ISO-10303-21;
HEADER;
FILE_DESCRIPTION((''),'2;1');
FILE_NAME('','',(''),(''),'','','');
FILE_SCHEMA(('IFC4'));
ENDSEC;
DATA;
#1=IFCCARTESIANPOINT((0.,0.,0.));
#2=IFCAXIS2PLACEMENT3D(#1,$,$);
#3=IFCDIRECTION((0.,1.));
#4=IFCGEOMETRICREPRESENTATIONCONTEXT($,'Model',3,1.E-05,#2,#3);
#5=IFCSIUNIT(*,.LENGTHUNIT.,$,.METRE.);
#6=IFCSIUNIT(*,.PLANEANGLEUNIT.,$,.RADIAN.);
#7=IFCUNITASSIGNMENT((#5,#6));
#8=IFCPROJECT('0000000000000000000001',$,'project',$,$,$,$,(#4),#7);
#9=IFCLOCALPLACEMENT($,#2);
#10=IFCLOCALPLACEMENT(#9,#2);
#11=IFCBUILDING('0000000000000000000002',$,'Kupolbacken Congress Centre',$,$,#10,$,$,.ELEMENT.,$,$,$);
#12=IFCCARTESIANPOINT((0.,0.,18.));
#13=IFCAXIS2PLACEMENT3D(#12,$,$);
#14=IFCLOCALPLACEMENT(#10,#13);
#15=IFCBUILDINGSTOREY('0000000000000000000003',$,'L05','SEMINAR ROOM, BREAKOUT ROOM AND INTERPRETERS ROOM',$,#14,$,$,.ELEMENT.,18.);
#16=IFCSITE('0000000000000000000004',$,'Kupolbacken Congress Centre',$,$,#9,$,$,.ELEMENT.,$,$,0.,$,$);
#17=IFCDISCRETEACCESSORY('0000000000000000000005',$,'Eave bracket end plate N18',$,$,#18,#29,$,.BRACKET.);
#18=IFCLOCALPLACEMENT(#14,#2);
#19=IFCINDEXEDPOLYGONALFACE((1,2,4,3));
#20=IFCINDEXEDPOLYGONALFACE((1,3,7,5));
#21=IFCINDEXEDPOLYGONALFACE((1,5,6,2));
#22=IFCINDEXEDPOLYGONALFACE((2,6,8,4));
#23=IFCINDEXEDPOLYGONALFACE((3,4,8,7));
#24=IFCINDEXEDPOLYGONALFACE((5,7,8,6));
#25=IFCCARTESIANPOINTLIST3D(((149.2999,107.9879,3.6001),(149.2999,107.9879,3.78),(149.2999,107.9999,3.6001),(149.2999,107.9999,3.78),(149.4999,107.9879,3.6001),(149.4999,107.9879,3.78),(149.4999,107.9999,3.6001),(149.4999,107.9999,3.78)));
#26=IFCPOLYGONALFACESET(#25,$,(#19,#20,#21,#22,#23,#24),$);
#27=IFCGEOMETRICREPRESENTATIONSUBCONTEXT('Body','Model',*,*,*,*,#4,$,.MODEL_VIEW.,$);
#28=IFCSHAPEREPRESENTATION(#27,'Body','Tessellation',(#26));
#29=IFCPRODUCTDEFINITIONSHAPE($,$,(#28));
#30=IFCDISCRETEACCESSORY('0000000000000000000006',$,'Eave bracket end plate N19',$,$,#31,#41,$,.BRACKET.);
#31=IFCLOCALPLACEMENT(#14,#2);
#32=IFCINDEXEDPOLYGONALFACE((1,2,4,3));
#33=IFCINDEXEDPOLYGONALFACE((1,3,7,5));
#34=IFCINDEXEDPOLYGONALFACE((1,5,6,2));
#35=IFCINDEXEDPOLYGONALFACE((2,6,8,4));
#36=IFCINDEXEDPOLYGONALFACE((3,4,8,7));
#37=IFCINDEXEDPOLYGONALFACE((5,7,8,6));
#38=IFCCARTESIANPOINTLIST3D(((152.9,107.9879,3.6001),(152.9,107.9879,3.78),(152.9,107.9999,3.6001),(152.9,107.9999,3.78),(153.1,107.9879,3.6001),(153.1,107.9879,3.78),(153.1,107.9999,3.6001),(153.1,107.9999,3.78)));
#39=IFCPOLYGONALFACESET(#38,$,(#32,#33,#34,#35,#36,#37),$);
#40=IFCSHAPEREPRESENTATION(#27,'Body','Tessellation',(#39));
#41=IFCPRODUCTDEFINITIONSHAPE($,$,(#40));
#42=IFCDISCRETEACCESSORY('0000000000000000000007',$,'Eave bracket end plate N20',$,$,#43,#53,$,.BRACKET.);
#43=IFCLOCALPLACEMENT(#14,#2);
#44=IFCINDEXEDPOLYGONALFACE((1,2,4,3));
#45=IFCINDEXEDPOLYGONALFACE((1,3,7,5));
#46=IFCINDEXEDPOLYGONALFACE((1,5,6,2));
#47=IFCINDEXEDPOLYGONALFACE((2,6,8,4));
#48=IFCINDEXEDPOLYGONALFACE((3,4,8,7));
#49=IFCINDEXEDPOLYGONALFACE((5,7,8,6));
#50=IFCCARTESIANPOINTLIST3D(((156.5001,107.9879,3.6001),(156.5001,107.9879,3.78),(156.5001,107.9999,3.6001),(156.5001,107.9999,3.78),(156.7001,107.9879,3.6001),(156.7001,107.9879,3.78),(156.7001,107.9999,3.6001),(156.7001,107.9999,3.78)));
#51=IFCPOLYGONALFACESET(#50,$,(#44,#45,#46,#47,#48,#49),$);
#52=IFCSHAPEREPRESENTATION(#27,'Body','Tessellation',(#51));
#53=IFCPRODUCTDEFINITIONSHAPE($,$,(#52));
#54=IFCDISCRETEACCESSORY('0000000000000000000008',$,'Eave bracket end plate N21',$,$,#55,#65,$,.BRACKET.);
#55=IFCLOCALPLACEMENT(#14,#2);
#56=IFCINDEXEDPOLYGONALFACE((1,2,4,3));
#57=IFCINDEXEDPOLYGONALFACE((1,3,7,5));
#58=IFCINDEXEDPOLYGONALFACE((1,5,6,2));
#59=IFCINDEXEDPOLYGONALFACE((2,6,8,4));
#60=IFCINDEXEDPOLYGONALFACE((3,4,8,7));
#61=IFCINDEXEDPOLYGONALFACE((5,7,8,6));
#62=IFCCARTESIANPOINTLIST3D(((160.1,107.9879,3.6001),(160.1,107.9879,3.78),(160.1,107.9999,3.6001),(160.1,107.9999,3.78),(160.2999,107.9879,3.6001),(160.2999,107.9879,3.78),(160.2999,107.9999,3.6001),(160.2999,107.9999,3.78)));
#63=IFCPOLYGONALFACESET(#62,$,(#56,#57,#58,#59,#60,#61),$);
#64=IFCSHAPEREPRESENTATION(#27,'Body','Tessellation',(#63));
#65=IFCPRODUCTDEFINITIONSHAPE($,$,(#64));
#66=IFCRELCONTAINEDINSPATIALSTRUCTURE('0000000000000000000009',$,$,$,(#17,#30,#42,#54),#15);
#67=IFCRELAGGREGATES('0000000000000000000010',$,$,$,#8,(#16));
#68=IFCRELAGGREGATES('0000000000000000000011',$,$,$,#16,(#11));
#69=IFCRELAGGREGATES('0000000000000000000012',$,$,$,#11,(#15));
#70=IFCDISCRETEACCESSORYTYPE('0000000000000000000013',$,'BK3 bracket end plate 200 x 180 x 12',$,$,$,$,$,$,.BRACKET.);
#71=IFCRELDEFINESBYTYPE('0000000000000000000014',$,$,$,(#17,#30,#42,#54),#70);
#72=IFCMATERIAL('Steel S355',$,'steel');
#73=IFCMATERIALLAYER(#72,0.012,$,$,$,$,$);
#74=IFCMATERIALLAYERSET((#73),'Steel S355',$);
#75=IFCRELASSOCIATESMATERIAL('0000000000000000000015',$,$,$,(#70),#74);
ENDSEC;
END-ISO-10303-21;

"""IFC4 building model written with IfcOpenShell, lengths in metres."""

from ifc_helpers import new_model, si_unit, direction, frame, origin, origin_2d, place, context, subcontext, project, spatial, rectangle, extrude, material, layer, layer_set, type_object, element, save


model = new_model("IFC4")

# Units and contexts
model_context = context("Model", 3, precision=1e-05, world=origin(), true_north=direction((0.0, 1.0)))
body_context = subcontext(model_context, "Body", "Model", "MODEL_VIEW")
ifc_project = project(units=[si_unit("LENGTHUNIT", "METRE"), si_unit("PLANEANGLEUNIT", "RADIAN")], contexts=[model_context])

# Site, building, storey
site_placement = place(None, origin())
site = spatial("IfcSite", under=ifc_project, at=site_placement, Name="Kupolbacken Congress Centre", CompositionType="ELEMENT", RefElevation=0.0)
building_placement = place(site_placement, origin())
building = spatial("IfcBuilding", under=site, at=building_placement, Name="Kupolbacken Congress Centre", CompositionType="ELEMENT")
storey_placement = place(building_placement, frame((0.0, 0.0, 18.0)))
storey = spatial("IfcBuildingStorey", under=building, at=storey_placement, Name="L05", Description="SEMINAR ROOM, BREAKOUT ROOM AND INTERPRETERS ROOM", CompositionType="ELEMENT", Elevation=18.0)

# Discrete accessories
ifc_material_1 = material(Name="Steel S355", Category="steel")
ifc_layer = layer(ifc_material_1, 0.012)
ifc_layer_set = layer_set([ifc_layer], Name="Steel S355")
discrete_accessory_type = type_object("IfcDiscreteAccessoryType", Name="BK3 bracket end plate 200 x 180 x 12", PredefinedType="BRACKET", material=ifc_layer_set)
for number, where, z_axis, x_axis, name in (
    (1, (149.3999, 107.9939, 3.6001), (0.0, 0.0, 1.0), (1.0, 0.0, 0.0), "Eave bracket end plate N18"),
    (2, (153.0, 107.9939, 3.6001), (0.0, 0.0, 1.0), (1.0, 0.0, 0.0), "Eave bracket end plate N19"),
    (3, (156.6001, 107.9939, 3.6001), (0.0, 0.0, 1.0), (1.0, 0.0, 0.0), "Eave bracket end plate N20"),
    (4, (160.2, 107.9939, 3.6001), (0.0, 0.0, 1.0), (1.0, 0.0, 0.0), "Eave bracket end plate N21"),
):
    element("IfcDiscreteAccessory", number, at=place(storey_placement, frame(where, z_axis=z_axis, x_axis=x_axis)), inside=storey, type_object=discrete_accessory_type, Name=name, PredefinedType="BRACKET", context=body_context, shape_type="SweptSolid", body=[
        extrude(rectangle(XDim=0.2, YDim=0.012, at=origin_2d()), origin(), (0.0, 0.0, 1.0), 0.1799),
    ])

save(model, "model.ifc")
